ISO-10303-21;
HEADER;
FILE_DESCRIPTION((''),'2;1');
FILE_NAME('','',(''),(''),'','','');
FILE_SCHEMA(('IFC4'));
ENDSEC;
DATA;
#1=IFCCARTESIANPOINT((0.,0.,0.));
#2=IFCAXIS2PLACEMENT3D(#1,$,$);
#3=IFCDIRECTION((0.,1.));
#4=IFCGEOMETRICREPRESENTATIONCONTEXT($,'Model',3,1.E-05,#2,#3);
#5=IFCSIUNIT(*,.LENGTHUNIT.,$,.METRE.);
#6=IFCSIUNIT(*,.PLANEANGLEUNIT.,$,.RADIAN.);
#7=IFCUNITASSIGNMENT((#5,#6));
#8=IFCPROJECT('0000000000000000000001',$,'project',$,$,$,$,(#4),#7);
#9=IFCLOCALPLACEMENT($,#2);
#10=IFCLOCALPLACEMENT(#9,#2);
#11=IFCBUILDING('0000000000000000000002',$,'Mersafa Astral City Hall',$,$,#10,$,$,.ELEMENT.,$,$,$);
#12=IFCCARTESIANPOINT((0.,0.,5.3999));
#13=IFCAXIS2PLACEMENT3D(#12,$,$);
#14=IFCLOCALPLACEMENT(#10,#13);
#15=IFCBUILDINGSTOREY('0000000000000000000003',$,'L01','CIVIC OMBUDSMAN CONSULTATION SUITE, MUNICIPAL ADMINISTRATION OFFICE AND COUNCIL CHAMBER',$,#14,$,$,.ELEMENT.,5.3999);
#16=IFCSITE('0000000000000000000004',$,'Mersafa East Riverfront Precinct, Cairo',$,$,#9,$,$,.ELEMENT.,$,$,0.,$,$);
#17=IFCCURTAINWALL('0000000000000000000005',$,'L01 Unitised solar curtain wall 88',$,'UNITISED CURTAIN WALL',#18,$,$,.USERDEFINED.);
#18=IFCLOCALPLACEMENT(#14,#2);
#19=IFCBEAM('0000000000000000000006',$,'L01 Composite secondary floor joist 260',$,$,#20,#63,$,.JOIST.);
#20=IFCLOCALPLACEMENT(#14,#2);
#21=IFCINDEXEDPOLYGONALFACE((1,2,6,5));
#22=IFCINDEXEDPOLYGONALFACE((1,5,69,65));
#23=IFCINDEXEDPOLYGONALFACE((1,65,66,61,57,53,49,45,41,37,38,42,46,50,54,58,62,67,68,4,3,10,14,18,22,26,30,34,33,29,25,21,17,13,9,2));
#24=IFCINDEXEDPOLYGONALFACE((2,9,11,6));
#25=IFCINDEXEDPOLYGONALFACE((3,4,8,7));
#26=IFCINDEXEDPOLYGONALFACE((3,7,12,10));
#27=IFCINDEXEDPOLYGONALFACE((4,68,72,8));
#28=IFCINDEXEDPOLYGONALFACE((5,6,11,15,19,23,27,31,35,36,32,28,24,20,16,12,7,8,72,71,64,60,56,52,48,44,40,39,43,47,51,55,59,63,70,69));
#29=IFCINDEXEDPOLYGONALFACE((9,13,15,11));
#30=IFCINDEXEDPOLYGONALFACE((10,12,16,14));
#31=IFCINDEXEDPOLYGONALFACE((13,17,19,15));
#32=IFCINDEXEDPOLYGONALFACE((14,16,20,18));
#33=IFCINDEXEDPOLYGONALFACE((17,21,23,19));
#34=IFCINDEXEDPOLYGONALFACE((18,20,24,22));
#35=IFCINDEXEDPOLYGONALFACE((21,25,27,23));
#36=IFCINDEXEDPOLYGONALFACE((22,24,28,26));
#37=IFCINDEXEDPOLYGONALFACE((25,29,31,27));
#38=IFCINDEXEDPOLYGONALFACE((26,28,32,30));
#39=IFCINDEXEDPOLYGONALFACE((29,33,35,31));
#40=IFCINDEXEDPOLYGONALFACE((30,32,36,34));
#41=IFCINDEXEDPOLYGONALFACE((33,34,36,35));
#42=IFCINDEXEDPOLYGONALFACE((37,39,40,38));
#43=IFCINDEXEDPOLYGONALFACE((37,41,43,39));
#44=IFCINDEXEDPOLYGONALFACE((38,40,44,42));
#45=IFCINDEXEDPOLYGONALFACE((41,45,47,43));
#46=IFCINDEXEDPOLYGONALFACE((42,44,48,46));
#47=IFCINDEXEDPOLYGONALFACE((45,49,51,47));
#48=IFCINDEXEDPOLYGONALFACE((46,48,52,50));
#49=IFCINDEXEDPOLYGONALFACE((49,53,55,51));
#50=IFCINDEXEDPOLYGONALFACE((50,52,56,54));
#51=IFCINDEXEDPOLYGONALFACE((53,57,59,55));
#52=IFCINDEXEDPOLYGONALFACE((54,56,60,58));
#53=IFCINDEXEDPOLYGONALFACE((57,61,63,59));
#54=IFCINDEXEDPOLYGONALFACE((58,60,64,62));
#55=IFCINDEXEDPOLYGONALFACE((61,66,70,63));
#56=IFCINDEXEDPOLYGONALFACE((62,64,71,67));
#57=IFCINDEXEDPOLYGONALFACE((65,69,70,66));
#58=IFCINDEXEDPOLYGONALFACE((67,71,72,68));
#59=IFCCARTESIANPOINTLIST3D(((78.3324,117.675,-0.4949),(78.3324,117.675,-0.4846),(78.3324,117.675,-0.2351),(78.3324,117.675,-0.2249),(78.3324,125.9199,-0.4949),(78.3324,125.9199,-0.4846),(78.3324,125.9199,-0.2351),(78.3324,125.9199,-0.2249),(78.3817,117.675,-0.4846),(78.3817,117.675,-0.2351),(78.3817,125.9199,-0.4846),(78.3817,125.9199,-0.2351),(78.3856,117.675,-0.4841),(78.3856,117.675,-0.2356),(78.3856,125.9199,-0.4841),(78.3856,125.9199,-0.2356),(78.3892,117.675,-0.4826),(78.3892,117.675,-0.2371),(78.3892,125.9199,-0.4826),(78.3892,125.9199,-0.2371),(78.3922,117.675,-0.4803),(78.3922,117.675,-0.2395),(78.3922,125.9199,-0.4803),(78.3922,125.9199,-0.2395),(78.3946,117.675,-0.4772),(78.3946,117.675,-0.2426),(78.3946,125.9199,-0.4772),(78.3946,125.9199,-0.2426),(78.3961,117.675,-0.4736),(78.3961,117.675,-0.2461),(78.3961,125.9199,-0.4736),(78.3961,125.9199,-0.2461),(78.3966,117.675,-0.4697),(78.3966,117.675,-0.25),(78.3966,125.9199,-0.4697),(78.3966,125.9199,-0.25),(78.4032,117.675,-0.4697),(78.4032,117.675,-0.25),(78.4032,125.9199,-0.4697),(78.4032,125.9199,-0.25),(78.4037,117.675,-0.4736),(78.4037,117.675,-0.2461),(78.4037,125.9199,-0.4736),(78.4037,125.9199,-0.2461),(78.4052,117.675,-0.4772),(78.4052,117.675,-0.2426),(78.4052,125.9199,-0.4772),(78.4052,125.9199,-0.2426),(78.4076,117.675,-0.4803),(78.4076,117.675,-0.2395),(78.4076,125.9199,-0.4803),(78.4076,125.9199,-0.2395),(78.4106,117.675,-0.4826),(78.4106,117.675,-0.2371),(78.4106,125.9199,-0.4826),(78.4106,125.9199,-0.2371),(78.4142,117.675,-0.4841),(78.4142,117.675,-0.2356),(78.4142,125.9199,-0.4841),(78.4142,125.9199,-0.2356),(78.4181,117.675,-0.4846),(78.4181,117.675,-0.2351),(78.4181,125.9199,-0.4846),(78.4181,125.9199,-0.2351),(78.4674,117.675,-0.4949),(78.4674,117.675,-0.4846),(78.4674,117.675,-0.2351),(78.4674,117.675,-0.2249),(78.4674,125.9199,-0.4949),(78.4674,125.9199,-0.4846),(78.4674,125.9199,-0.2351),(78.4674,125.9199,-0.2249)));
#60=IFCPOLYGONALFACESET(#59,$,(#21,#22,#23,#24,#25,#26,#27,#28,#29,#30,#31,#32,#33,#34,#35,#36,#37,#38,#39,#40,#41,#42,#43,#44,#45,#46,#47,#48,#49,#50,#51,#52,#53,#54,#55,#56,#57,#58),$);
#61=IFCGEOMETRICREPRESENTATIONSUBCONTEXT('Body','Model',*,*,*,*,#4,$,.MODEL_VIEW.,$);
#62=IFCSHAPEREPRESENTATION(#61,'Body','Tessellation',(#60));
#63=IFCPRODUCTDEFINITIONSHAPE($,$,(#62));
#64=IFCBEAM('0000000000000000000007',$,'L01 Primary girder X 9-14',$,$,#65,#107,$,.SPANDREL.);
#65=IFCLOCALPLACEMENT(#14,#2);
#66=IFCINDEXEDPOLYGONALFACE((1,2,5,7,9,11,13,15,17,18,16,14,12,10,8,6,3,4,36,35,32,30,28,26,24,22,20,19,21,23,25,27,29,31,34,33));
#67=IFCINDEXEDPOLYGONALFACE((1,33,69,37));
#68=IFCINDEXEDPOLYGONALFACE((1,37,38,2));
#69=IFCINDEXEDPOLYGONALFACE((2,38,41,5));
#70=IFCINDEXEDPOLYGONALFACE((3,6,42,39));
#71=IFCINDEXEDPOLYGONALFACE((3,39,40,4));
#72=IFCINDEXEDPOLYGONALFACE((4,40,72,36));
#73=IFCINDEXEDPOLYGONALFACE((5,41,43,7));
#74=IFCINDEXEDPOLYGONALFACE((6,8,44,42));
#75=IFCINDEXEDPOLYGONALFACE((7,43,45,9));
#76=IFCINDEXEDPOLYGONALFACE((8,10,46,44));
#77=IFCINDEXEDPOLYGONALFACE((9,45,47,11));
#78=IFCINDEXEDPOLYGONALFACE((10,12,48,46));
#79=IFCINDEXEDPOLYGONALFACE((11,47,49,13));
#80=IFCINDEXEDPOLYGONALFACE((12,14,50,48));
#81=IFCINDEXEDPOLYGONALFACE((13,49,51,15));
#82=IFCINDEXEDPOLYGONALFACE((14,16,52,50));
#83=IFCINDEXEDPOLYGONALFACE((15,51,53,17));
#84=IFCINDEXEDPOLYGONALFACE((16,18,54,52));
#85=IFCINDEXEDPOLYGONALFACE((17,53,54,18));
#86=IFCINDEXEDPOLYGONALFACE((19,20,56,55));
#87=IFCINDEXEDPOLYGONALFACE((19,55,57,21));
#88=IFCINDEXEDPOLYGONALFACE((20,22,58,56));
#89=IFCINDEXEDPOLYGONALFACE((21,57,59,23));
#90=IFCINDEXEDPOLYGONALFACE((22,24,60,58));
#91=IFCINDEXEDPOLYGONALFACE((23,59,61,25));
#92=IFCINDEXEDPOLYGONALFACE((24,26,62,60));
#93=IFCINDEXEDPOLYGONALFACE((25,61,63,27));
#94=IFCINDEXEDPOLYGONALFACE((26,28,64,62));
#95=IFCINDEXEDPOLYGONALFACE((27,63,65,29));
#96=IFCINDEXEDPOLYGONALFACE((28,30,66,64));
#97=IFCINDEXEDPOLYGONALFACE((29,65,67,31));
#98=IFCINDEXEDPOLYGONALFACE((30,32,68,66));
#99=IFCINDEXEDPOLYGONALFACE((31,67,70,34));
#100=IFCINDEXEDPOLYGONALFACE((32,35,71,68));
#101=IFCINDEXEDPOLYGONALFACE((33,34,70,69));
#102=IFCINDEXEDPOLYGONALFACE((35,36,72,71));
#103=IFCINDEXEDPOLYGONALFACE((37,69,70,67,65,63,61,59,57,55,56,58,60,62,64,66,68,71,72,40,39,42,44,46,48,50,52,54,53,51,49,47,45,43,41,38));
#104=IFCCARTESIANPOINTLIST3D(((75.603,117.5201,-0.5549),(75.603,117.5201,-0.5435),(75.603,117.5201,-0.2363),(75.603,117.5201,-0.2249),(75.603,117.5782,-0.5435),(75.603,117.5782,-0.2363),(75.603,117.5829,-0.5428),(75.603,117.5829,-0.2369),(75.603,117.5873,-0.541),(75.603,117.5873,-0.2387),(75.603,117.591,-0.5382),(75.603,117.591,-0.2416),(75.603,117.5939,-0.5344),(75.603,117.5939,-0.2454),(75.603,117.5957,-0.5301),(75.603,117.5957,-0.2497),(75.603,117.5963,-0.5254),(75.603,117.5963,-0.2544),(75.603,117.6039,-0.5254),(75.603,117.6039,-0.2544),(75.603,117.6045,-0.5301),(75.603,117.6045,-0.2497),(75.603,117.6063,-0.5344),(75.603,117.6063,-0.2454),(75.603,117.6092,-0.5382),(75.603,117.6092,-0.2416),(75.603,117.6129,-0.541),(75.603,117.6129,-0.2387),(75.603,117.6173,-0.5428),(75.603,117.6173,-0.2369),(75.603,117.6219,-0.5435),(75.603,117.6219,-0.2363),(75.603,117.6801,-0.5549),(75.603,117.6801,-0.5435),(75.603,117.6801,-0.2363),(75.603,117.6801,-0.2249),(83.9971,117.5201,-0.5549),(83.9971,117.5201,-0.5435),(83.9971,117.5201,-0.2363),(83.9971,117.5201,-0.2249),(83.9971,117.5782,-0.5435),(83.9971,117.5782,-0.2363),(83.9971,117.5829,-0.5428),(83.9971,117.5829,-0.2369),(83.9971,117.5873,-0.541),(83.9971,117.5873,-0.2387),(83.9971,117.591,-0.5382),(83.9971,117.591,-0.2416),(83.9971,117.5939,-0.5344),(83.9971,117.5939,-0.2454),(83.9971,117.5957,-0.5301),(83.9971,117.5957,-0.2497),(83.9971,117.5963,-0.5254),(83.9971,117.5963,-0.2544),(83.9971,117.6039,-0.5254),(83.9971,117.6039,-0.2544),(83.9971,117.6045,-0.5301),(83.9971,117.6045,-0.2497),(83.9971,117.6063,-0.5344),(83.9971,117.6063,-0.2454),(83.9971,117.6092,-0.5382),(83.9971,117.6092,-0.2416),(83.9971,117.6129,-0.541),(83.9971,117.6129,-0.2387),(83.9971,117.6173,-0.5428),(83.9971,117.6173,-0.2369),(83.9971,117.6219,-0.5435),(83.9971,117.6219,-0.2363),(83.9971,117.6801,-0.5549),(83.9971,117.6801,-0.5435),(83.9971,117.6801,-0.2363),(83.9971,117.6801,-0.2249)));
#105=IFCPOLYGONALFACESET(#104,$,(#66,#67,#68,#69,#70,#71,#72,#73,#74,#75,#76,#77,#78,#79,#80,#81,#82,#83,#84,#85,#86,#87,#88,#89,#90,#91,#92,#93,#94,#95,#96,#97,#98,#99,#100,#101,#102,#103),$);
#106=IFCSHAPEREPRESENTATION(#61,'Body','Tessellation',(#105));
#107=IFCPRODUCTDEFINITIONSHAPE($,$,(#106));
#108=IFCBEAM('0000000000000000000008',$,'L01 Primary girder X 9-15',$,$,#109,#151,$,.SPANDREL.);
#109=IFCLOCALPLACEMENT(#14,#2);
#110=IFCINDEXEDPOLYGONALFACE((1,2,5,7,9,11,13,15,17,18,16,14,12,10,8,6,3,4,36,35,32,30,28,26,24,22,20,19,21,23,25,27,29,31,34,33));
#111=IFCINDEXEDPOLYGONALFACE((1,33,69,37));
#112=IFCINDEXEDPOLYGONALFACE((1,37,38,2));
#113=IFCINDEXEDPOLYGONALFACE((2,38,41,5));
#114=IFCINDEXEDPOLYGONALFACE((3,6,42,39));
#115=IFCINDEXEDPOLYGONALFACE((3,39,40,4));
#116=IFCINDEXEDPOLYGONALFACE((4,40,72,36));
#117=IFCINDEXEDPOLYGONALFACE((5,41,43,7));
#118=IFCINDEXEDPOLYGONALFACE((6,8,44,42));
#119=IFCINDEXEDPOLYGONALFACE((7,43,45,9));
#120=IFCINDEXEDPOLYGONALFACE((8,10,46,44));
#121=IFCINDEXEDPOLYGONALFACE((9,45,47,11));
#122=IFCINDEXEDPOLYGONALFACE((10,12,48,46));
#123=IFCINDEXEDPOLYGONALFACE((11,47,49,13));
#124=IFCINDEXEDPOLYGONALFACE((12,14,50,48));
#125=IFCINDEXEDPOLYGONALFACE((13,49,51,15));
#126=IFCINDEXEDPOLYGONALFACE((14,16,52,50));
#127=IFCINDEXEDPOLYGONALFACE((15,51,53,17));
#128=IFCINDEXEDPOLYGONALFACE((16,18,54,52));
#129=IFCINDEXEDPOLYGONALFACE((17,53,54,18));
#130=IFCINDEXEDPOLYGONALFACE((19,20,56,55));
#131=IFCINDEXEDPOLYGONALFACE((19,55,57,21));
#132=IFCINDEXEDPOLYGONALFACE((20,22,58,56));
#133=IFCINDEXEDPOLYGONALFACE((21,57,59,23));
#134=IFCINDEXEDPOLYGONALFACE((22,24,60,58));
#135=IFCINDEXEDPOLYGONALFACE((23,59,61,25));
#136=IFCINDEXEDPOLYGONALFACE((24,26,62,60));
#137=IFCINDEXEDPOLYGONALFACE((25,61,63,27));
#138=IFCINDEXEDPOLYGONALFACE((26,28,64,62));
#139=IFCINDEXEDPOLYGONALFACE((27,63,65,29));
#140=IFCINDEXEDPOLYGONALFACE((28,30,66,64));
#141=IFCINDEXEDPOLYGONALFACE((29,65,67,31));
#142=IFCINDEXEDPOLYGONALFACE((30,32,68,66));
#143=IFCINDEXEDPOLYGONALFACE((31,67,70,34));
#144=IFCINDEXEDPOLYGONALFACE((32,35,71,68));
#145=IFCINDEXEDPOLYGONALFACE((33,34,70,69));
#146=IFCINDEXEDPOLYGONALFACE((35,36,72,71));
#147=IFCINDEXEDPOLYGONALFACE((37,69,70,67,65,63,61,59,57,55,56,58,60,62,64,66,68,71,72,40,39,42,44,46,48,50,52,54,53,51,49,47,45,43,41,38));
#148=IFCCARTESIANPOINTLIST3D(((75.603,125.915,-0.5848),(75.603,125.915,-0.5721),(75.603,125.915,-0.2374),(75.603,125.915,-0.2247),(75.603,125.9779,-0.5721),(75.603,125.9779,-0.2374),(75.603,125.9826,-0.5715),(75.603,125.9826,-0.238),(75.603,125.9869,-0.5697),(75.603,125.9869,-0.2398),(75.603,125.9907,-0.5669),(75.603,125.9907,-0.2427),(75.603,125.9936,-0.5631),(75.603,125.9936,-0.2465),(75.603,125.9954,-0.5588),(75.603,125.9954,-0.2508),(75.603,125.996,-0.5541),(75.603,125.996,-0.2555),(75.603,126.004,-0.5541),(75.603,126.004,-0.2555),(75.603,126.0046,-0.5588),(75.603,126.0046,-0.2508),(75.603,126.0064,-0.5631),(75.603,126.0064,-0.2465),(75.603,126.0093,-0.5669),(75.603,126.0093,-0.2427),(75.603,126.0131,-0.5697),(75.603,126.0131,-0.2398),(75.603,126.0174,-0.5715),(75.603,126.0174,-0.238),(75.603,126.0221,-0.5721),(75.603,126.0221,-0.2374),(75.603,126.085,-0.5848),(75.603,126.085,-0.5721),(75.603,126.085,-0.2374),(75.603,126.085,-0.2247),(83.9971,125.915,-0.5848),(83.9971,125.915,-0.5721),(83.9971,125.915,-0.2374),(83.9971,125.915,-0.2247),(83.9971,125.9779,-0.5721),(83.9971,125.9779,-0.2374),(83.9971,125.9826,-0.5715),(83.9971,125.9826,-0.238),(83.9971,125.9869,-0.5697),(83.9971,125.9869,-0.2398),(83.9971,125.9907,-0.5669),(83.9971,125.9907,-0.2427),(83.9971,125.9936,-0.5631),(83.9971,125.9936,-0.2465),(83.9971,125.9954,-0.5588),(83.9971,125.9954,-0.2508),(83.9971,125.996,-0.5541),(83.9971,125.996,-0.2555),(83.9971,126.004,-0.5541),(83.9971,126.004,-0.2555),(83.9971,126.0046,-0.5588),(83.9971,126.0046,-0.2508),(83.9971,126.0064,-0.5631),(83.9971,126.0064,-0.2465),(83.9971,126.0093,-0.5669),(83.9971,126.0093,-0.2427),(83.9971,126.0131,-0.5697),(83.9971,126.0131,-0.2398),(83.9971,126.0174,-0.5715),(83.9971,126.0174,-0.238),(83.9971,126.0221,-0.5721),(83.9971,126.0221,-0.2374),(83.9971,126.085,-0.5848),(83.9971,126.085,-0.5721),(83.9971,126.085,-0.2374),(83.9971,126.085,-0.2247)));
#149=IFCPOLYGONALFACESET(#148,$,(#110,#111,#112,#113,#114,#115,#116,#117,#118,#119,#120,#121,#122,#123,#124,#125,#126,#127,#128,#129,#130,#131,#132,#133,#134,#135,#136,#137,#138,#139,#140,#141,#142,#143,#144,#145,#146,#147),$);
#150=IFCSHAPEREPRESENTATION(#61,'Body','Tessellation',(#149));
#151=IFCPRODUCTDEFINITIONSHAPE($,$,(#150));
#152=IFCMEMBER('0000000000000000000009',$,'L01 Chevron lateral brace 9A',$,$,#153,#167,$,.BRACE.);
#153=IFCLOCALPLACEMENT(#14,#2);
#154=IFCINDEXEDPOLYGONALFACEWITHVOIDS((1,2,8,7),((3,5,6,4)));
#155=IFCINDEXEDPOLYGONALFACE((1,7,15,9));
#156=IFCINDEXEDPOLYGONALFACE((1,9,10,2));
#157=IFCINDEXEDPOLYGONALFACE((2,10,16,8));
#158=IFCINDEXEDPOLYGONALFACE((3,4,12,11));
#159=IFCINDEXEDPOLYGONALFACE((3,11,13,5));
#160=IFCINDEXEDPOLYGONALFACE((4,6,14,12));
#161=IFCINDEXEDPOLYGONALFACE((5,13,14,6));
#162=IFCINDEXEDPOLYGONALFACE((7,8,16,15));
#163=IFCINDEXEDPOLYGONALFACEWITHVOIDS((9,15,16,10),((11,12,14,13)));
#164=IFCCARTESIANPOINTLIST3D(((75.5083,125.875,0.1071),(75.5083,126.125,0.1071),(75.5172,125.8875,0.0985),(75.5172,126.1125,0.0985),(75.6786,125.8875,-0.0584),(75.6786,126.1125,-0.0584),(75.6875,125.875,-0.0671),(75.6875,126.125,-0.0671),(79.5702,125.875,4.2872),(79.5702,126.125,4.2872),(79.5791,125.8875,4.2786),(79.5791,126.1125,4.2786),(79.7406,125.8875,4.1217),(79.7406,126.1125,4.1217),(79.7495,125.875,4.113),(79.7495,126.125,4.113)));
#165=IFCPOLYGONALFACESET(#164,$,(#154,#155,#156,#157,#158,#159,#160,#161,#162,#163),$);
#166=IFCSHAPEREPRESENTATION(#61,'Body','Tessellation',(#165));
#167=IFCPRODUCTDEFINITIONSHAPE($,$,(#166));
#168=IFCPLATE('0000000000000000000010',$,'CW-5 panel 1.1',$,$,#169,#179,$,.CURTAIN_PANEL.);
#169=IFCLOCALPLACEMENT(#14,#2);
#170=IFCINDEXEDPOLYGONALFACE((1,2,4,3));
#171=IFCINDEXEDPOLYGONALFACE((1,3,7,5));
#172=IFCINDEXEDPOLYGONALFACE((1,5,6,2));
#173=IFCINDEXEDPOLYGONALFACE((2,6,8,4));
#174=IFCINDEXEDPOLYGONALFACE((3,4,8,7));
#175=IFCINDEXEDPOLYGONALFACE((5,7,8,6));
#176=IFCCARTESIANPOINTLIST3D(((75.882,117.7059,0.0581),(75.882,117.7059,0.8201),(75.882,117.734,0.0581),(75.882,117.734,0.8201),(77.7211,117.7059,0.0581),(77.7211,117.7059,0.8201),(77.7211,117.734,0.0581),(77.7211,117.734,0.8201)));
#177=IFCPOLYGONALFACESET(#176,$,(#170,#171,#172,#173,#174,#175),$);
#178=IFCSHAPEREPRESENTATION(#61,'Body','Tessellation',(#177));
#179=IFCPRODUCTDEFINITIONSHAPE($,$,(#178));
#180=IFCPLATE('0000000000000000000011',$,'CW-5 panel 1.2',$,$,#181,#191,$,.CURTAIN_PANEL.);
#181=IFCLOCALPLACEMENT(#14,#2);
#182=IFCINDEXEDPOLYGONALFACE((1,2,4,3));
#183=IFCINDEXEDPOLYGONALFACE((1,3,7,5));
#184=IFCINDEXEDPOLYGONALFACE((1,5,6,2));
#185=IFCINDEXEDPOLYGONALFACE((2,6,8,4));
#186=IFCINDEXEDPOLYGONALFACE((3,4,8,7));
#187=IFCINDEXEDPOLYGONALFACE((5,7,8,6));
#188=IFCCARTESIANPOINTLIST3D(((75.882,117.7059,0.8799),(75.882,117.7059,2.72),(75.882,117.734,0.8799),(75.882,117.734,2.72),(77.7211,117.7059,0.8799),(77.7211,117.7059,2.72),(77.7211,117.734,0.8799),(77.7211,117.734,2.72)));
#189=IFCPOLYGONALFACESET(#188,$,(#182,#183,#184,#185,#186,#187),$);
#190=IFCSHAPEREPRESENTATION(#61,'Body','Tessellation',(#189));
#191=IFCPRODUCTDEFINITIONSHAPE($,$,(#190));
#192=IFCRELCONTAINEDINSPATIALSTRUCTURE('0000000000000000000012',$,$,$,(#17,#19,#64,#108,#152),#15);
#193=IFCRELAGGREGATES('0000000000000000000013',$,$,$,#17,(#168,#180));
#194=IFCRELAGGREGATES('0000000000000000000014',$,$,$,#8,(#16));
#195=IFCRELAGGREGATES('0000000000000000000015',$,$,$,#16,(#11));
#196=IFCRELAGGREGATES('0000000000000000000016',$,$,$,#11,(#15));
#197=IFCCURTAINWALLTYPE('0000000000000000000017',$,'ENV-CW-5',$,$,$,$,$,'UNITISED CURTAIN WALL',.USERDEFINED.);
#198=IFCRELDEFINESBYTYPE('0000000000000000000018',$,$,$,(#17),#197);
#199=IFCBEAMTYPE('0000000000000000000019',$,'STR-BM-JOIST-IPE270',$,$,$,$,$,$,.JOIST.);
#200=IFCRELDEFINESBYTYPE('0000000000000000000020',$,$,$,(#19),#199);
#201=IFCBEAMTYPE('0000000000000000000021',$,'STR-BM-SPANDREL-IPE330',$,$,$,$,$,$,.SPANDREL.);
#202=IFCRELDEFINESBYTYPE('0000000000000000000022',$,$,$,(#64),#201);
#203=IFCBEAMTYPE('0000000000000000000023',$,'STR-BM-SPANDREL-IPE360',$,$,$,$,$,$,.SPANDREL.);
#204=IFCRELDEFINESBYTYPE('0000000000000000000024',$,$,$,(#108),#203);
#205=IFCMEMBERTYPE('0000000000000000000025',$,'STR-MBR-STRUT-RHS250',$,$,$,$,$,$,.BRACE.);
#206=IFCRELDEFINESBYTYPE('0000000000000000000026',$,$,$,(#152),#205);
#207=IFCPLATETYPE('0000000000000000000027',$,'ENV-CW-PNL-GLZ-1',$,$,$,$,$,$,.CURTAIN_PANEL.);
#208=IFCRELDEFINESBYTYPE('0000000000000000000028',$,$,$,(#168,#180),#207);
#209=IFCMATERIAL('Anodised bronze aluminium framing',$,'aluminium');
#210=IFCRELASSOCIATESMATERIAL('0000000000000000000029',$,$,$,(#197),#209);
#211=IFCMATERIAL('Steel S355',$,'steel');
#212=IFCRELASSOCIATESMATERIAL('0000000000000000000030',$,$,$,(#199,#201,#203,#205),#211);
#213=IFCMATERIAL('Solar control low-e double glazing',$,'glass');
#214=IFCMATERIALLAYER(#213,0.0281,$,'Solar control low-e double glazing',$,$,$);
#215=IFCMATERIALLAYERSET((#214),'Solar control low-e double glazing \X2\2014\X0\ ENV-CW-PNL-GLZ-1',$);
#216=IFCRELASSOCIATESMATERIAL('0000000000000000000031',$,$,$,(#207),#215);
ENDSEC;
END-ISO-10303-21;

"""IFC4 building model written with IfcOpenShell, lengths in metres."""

from ifc_helpers import new_model, si_unit, direction, frame, origin, origin_2d, place, context, subcontext, project, spatial, rectangle, hollow_rectangle, i_section, extrude, material, layer, layer_set, material_profile, profile_set, type_object, element, aggregate, save


model = new_model("IFC4")

# Units and contexts
model_context = context("Model", 3, precision=1e-05, world=origin(), true_north=direction((0.0, 1.0)))
body_context = subcontext(model_context, "Body", "Model", "MODEL_VIEW")
ifc_project = project(units=[si_unit("LENGTHUNIT", "METRE"), si_unit("PLANEANGLEUNIT", "RADIAN")], contexts=[model_context])

# Site, building, storey
site_placement = place(None, origin())
site = spatial("IfcSite", under=ifc_project, at=site_placement, Name="Mersafa East Riverfront Precinct, Cairo", CompositionType="ELEMENT", RefElevation=0.0)
building_placement = place(site_placement, origin())
building = spatial("IfcBuilding", under=site, at=building_placement, Name="Mersafa Astral City Hall", CompositionType="ELEMENT")
storey_placement = place(building_placement, frame((0.0, 0.0, 5.3999)))
storey = spatial("IfcBuildingStorey", under=building, at=storey_placement, Name="L01", Description="CIVIC OMBUDSMAN CONSULTATION SUITE, MUNICIPAL ADMINISTRATION OFFICE AND COUNCIL CHAMBER", CompositionType="ELEMENT", Elevation=5.3999)

# Shared definitions
ifc_material_1 = material(Name="Steel S355", Category="steel")

# Shared definitions
ifc_material_2 = material(Name="Anodised bronze aluminium framing", Category="aluminium")

# Curtain wall
curtain_wall_type_1 = type_object("IfcCurtainWallType", Name="ENV-CW-5", ElementType="UNITISED CURTAIN WALL", PredefinedType="USERDEFINED", material=ifc_material_2)
curtain_wall_1_placement = place(storey_placement, origin())
curtain_wall_1 = element("IfcCurtainWall", 1, at=curtain_wall_1_placement, inside=storey, type_object=curtain_wall_type_1, Name="L01 Unitised solar curtain wall 88", ObjectType="UNITISED CURTAIN WALL", PredefinedType="USERDEFINED")

# Beams
ifc_material_profile_1 = material_profile(ifc_material_1, i_section(OverallWidth=0.135, OverallDepth=0.27, WebThickness=0.0066, FlangeThickness=0.0103, FilletRadius=0.0149, at=origin_2d()), Name="IPE 270")
ifc_profile_set_1 = profile_set([ifc_material_profile_1], Name="Steel S355")
beam_type_1 = type_object("IfcBeamType", Name="STR-BM-JOIST-IPE270", PredefinedType="JOIST", material=ifc_profile_set_1)
beam_1_placement = place(storey_placement, frame((78.3999, 117.675, -0.3599), z_axis=(0.0, 1.0, 0.0), x_axis=(-1.0, 0.0, 0.0)))
element("IfcBeam", 2, at=beam_1_placement, inside=storey, type_object=beam_type_1, Name="L01 Composite secondary floor joist 260", PredefinedType="JOIST", context=body_context, shape_type="SweptSolid", body=[
    extrude(i_section(OverallWidth=0.135, OverallDepth=0.27, WebThickness=0.0066, FlangeThickness=0.0103, FilletRadius=0.0149, at=origin_2d()), origin(), (0.0, 0.0, 1.0), 8.2449),
])
ifc_material_profile_2 = material_profile(ifc_material_1, i_section(OverallWidth=0.1599, OverallDepth=0.3301, WebThickness=0.0076, FlangeThickness=0.0115, FilletRadius=0.0181, at=origin_2d()), Name="IPE 330")
ifc_profile_set_2 = profile_set([ifc_material_profile_2], Name="Steel S355")
beam_type_2 = type_object("IfcBeamType", Name="STR-BM-SPANDREL-IPE330", PredefinedType="SPANDREL", material=ifc_profile_set_2)
beam_2_placement = place(storey_placement, frame((75.603, 117.6001, -0.3899), z_axis=(1.0, 0.0, 0.0), x_axis=(0.0, 1.0, 0.0)))
element("IfcBeam", 3, at=beam_2_placement, inside=storey, type_object=beam_type_2, Name="L01 Primary girder X 9-14", PredefinedType="SPANDREL", context=body_context, shape_type="SweptSolid", body=[
    extrude(i_section(OverallWidth=0.1599, OverallDepth=0.3301, WebThickness=0.0076, FlangeThickness=0.0115, FilletRadius=0.0181, at=origin_2d()), origin(), (0.0, 0.0, 1.0), 8.394),
])
ifc_material_profile_3 = material_profile(ifc_material_1, i_section(OverallWidth=0.1699, OverallDepth=0.3601, WebThickness=0.0081, FlangeThickness=0.0127, FilletRadius=0.0181, at=origin_2d()), Name="IPE 360")
ifc_profile_set_3 = profile_set([ifc_material_profile_3], Name="Steel S355")
beam_type_3 = type_object("IfcBeamType", Name="STR-BM-SPANDREL-IPE360", PredefinedType="SPANDREL", material=ifc_profile_set_3)
beam_3_placement = place(storey_placement, frame((75.603, 126.0, -0.4048), z_axis=(1.0, 0.0, 0.0), x_axis=(0.0, 1.0, 0.0)))
element("IfcBeam", 4, at=beam_3_placement, inside=storey, type_object=beam_type_3, Name="L01 Primary girder X 9-15", PredefinedType="SPANDREL", context=body_context, shape_type="SweptSolid", body=[
    extrude(i_section(OverallWidth=0.1699, OverallDepth=0.3601, WebThickness=0.0081, FlangeThickness=0.0127, FilletRadius=0.0181, at=origin_2d()), origin(), (0.0, 0.0, 1.0), 8.394),
])

# Member
ifc_material_profile_4 = material_profile(ifc_material_1, hollow_rectangle(XDim=0.25, YDim=0.25, WallThickness=0.0125, at=origin_2d()), Name="RHS 250x250x12.5")
ifc_profile_set_4 = profile_set([ifc_material_profile_4], Name="Steel S355")
member_type_1 = type_object("IfcMemberType", Name="STR-MBR-STRUT-RHS250", PredefinedType="BRACE", material=ifc_profile_set_4)
member_1_placement = place(storey_placement, frame((75.5979, 126.0, 0.02), z_axis=(0.696898, 0.0, 0.717171), x_axis=(0.0, 1.0, 0.0)))
element("IfcMember", 5, at=member_1_placement, inside=storey, type_object=member_type_1, Name="L01 Chevron lateral brace 9A", PredefinedType="BRACE", context=body_context, shape_type="SweptSolid", body=[
    extrude(hollow_rectangle(XDim=0.25, YDim=0.25, WallThickness=0.0125, at=origin_2d()), origin(), (0.0, 0.0, 1.0), 5.8286),
])

# Plates
ifc_material_3 = material(Name="Solar control low-e double glazing", Category="glass")
ifc_layer_1 = layer(ifc_material_3, 0.0281, Name="Solar control low-e double glazing")
ifc_layer_set_1 = layer_set([ifc_layer_1], Name="Solar control low-e double glazing — ENV-CW-PNL-GLZ-1")
plate_type_1 = type_object("IfcPlateType", Name="ENV-CW-PNL-GLZ-1", PredefinedType="CURTAIN_PANEL", material=ifc_layer_set_1)
plate_1_placement = place(storey_placement, frame((76.8015, 117.72, 0.0581), z_axis=(0.0, 0.0, 1.0), x_axis=(1.0, 0.0, 0.0)))
plate_1 = element("IfcPlate", 6, at=plate_1_placement, type_object=plate_type_1, Name="CW-5 panel 1.1", PredefinedType="CURTAIN_PANEL", context=body_context, shape_type="SweptSolid", body=[
    extrude(rectangle(XDim=1.8391, YDim=0.0281, at=origin_2d()), origin(), (0.0, 0.0, 1.0), 0.762),
])
plate_2_placement = place(storey_placement, frame((76.8015, 117.72, 0.8799), z_axis=(0.0, 0.0, 1.0), x_axis=(1.0, 0.0, 0.0)))
plate_2 = element("IfcPlate", 7, at=plate_2_placement, type_object=plate_type_1, Name="CW-5 panel 1.2", PredefinedType="CURTAIN_PANEL", context=body_context, shape_type="SweptSolid", body=[
    extrude(rectangle(XDim=1.8391, YDim=0.0281, at=origin_2d()), origin(), (0.0, 0.0, 1.0), 1.8401),
])
aggregate(curtain_wall_1, [plate_1, plate_2])

save(model, "model.ifc")
